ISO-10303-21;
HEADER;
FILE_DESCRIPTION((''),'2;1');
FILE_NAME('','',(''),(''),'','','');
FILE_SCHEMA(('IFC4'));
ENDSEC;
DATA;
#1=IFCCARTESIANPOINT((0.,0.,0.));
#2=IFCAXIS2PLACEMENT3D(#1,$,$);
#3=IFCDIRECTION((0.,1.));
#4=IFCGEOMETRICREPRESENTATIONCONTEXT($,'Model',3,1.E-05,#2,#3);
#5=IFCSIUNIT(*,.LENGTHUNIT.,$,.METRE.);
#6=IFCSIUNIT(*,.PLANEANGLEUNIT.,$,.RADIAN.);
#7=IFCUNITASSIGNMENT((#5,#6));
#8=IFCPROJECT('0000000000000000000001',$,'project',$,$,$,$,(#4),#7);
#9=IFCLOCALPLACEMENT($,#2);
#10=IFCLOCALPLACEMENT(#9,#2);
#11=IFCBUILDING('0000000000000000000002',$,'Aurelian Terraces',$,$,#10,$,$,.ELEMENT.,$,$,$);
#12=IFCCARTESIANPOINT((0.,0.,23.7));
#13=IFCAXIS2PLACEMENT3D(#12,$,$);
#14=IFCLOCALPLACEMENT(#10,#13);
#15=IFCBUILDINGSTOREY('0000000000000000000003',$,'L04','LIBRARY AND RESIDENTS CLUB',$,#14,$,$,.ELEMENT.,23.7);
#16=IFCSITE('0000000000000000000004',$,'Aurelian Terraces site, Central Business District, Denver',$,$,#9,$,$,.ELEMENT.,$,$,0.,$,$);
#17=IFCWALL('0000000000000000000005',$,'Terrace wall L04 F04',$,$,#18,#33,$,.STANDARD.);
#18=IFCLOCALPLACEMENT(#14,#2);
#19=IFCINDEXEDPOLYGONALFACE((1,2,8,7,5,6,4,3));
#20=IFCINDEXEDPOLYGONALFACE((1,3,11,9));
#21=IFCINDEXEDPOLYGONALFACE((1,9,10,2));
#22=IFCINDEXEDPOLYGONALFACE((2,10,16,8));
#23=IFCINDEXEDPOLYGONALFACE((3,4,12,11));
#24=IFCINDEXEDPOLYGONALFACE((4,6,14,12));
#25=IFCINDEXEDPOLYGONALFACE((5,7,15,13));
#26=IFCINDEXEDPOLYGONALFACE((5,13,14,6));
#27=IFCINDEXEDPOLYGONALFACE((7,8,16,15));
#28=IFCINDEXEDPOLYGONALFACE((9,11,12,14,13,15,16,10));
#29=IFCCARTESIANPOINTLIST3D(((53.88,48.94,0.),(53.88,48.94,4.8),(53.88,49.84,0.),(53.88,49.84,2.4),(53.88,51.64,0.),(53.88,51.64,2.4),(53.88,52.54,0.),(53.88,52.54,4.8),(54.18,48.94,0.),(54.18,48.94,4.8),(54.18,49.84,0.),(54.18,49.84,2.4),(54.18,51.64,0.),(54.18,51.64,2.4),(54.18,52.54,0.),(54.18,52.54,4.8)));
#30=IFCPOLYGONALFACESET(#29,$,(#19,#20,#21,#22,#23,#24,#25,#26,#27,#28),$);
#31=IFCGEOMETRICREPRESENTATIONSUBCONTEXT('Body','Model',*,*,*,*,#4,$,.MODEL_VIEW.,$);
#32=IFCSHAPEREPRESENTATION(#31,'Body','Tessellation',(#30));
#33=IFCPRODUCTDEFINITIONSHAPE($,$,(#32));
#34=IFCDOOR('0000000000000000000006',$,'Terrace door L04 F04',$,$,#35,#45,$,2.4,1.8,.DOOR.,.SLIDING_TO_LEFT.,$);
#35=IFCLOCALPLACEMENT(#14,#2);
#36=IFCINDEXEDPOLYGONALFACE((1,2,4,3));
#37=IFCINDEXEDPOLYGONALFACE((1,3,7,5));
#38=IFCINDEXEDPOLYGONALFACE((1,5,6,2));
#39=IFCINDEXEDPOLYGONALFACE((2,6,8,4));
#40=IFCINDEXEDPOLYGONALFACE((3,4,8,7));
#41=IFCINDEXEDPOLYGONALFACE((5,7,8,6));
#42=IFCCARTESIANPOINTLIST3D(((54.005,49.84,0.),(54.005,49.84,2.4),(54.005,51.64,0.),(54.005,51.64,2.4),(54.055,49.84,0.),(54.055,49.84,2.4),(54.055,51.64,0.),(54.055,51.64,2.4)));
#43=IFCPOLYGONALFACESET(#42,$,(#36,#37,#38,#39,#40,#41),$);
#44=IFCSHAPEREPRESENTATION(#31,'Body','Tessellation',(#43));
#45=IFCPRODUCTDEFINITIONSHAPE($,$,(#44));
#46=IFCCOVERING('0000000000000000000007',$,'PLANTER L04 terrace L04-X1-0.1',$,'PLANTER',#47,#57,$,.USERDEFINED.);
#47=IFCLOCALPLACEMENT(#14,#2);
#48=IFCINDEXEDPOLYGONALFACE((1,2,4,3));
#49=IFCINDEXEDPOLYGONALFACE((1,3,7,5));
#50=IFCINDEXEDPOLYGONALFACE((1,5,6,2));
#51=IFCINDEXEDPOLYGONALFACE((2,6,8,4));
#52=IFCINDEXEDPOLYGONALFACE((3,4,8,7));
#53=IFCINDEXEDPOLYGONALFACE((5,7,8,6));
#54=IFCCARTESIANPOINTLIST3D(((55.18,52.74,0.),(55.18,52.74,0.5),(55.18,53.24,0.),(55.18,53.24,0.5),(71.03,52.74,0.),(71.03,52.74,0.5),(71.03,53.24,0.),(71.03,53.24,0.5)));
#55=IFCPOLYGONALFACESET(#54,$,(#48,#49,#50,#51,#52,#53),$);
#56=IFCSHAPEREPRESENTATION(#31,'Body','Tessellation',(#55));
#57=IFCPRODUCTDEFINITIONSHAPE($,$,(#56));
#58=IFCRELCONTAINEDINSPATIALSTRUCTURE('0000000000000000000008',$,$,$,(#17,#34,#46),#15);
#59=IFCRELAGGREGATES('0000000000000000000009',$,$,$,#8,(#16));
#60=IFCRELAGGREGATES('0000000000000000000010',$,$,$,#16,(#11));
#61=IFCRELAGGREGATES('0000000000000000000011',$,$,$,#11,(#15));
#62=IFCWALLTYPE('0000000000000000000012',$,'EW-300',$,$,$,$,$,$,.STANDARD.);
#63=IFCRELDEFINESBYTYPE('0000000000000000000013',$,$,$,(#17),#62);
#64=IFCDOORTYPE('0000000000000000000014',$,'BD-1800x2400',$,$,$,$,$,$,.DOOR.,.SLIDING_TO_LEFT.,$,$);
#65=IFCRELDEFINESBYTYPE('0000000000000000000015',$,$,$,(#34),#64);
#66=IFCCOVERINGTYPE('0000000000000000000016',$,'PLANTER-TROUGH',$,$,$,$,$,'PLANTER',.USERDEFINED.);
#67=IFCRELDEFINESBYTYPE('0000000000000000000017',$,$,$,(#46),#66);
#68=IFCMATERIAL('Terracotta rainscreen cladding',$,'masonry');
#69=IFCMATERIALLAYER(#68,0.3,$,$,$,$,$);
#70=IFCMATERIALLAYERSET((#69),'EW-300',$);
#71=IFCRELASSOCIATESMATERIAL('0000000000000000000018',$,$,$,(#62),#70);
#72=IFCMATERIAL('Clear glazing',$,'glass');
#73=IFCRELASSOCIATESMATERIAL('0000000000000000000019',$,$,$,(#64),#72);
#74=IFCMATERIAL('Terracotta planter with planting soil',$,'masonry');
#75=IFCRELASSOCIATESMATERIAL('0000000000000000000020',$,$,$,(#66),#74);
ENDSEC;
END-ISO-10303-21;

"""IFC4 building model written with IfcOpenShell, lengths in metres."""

from ifc_helpers import new_model, si_unit, direction, frame, frame_2d, origin, origin_2d, place, context, subcontext, project, spatial, rectangle, extrude, source, transform, mapped, material, layer, layer_set, type_object, element, fill, save


model = new_model("IFC4")

# Units and contexts
model_context = context("Model", 3, precision=1e-05, world=origin(), true_north=direction((0.0, 1.0)))
body_context = subcontext(model_context, "Body", "Model", "MODEL_VIEW")
ifc_project = project(units=[si_unit("LENGTHUNIT", "METRE"), si_unit("PLANEANGLEUNIT", "RADIAN")], contexts=[model_context])

# Site, building, storey
site_placement = place(None, origin())
site = spatial("IfcSite", under=ifc_project, at=site_placement, Name="Aurelian Terraces site, Central Business District, Denver", CompositionType="ELEMENT", RefElevation=0.0)
building_placement = place(site_placement, origin())
building = spatial("IfcBuilding", under=site, at=building_placement, Name="Aurelian Terraces", CompositionType="ELEMENT")
storey_placement = place(building_placement, frame((0.0, 0.0, 23.7)))
storey = spatial("IfcBuildingStorey", under=building, at=storey_placement, Name="L04", Description="LIBRARY AND RESIDENTS CLUB", CompositionType="ELEMENT", Elevation=23.7)

# Shared definitions
ifc_material_1 = material(Name="Clear glazing", Category="glass")

# Wall, opening, door
ifc_material_2 = material(Name="Terracotta rainscreen cladding", Category="masonry")
ifc_layer_1 = layer(ifc_material_2, 0.3)
ifc_layer_set_1 = layer_set([ifc_layer_1], Name="EW-300")
wall_type = type_object("IfcWallType", Name="EW-300", PredefinedType="STANDARD", material=ifc_layer_set_1)
shared_shape_1 = source(origin(), body_context, "Body", "SweptSolid", [
    extrude(rectangle(XDim=3.6, YDim=0.3, at=frame_2d((1.8, 0.0))), origin(), (0.0, 0.0, 1.0), 4.8),
])
wall_placement = place(storey_placement, frame((54.03, 48.94, 0.0), z_axis=(0.0, 0.0, 1.0), x_axis=(0.0, 1.0, 0.0)))
wall = element("IfcWall", 1, at=wall_placement, inside=storey, type_object=wall_type, Name="Terrace wall L04 F04", PredefinedType="STANDARD", context=body_context, shape_type="MappedRepresentation", body=[
    mapped(shared_shape_1, transform((0.0, 0.0, 0.0), scale=1.0)),
])
shared_shape_2 = source(origin(), body_context, "Body", "SweptSolid", [
    extrude(rectangle(XDim=1.8, YDim=2.4, at=frame_2d((0.9, 1.2))), frame((0.0, 0.16, 0.0), z_axis=(0.0, -1.0, 0.0), x_axis=(1.0, 0.0, 0.0)), (0.0, 0.0, 1.0), 0.32),
])
opening_placement = place(wall_placement, frame((0.9, 0.0, 0.0)))
opening = element("IfcOpeningElement", 2, at=opening_placement, cuts=wall, PredefinedType="OPENING", context=body_context, shape_type="MappedRepresentation", body=[
    mapped(shared_shape_2, transform((0.0, 0.0, 0.0), scale=1.0)),
])
door_type = type_object("IfcDoorType", Name="BD-1800x2400", OperationType="SLIDING_TO_LEFT", PredefinedType="DOOR", material=ifc_material_1)
shared_shape_3 = source(origin(), body_context, "Body", "SweptSolid", [
    extrude(rectangle(XDim=1.8, YDim=2.4, at=frame_2d((0.9, 1.2))), frame((0.0, 0.025, 0.0), z_axis=(0.0, -1.0, 0.0), x_axis=(1.0, 0.0, 0.0)), (0.0, 0.0, 1.0), 0.05),
])
door_placement = place(opening_placement, origin())
door = element("IfcDoor", 3, at=door_placement, inside=storey, type_object=door_type, Name="Terrace door L04 F04", OperationType="SLIDING_TO_LEFT", OverallHeight=2.4, OverallWidth=1.8, PredefinedType="DOOR", context=body_context, shape_type="MappedRepresentation", body=[
    mapped(shared_shape_3, transform((0.0, 0.0, 0.0), scale=1.0)),
])
fill(opening, door)

# Covering
ifc_material_3 = material(Name="Terracotta planter with planting soil", Category="masonry")
covering_type = type_object("IfcCoveringType", Name="PLANTER-TROUGH", ElementType="PLANTER", PredefinedType="USERDEFINED", material=ifc_material_3)
covering_placement = place(storey_placement, frame((63.105, 52.99, 0.0), z_axis=(0.0, 0.0, 1.0), x_axis=(1.0, 0.0, 0.0)))
element("IfcCovering", 4, at=covering_placement, inside=storey, type_object=covering_type, Name="PLANTER L04 terrace L04-X1-0.1", ObjectType="PLANTER", PredefinedType="USERDEFINED", context=body_context, shape_type="SweptSolid", body=[
    extrude(rectangle(XDim=15.85, YDim=0.5, at=origin_2d()), origin(), (0.0, 0.0, 1.0), 0.5),
])

save(model, "model.ifc")
